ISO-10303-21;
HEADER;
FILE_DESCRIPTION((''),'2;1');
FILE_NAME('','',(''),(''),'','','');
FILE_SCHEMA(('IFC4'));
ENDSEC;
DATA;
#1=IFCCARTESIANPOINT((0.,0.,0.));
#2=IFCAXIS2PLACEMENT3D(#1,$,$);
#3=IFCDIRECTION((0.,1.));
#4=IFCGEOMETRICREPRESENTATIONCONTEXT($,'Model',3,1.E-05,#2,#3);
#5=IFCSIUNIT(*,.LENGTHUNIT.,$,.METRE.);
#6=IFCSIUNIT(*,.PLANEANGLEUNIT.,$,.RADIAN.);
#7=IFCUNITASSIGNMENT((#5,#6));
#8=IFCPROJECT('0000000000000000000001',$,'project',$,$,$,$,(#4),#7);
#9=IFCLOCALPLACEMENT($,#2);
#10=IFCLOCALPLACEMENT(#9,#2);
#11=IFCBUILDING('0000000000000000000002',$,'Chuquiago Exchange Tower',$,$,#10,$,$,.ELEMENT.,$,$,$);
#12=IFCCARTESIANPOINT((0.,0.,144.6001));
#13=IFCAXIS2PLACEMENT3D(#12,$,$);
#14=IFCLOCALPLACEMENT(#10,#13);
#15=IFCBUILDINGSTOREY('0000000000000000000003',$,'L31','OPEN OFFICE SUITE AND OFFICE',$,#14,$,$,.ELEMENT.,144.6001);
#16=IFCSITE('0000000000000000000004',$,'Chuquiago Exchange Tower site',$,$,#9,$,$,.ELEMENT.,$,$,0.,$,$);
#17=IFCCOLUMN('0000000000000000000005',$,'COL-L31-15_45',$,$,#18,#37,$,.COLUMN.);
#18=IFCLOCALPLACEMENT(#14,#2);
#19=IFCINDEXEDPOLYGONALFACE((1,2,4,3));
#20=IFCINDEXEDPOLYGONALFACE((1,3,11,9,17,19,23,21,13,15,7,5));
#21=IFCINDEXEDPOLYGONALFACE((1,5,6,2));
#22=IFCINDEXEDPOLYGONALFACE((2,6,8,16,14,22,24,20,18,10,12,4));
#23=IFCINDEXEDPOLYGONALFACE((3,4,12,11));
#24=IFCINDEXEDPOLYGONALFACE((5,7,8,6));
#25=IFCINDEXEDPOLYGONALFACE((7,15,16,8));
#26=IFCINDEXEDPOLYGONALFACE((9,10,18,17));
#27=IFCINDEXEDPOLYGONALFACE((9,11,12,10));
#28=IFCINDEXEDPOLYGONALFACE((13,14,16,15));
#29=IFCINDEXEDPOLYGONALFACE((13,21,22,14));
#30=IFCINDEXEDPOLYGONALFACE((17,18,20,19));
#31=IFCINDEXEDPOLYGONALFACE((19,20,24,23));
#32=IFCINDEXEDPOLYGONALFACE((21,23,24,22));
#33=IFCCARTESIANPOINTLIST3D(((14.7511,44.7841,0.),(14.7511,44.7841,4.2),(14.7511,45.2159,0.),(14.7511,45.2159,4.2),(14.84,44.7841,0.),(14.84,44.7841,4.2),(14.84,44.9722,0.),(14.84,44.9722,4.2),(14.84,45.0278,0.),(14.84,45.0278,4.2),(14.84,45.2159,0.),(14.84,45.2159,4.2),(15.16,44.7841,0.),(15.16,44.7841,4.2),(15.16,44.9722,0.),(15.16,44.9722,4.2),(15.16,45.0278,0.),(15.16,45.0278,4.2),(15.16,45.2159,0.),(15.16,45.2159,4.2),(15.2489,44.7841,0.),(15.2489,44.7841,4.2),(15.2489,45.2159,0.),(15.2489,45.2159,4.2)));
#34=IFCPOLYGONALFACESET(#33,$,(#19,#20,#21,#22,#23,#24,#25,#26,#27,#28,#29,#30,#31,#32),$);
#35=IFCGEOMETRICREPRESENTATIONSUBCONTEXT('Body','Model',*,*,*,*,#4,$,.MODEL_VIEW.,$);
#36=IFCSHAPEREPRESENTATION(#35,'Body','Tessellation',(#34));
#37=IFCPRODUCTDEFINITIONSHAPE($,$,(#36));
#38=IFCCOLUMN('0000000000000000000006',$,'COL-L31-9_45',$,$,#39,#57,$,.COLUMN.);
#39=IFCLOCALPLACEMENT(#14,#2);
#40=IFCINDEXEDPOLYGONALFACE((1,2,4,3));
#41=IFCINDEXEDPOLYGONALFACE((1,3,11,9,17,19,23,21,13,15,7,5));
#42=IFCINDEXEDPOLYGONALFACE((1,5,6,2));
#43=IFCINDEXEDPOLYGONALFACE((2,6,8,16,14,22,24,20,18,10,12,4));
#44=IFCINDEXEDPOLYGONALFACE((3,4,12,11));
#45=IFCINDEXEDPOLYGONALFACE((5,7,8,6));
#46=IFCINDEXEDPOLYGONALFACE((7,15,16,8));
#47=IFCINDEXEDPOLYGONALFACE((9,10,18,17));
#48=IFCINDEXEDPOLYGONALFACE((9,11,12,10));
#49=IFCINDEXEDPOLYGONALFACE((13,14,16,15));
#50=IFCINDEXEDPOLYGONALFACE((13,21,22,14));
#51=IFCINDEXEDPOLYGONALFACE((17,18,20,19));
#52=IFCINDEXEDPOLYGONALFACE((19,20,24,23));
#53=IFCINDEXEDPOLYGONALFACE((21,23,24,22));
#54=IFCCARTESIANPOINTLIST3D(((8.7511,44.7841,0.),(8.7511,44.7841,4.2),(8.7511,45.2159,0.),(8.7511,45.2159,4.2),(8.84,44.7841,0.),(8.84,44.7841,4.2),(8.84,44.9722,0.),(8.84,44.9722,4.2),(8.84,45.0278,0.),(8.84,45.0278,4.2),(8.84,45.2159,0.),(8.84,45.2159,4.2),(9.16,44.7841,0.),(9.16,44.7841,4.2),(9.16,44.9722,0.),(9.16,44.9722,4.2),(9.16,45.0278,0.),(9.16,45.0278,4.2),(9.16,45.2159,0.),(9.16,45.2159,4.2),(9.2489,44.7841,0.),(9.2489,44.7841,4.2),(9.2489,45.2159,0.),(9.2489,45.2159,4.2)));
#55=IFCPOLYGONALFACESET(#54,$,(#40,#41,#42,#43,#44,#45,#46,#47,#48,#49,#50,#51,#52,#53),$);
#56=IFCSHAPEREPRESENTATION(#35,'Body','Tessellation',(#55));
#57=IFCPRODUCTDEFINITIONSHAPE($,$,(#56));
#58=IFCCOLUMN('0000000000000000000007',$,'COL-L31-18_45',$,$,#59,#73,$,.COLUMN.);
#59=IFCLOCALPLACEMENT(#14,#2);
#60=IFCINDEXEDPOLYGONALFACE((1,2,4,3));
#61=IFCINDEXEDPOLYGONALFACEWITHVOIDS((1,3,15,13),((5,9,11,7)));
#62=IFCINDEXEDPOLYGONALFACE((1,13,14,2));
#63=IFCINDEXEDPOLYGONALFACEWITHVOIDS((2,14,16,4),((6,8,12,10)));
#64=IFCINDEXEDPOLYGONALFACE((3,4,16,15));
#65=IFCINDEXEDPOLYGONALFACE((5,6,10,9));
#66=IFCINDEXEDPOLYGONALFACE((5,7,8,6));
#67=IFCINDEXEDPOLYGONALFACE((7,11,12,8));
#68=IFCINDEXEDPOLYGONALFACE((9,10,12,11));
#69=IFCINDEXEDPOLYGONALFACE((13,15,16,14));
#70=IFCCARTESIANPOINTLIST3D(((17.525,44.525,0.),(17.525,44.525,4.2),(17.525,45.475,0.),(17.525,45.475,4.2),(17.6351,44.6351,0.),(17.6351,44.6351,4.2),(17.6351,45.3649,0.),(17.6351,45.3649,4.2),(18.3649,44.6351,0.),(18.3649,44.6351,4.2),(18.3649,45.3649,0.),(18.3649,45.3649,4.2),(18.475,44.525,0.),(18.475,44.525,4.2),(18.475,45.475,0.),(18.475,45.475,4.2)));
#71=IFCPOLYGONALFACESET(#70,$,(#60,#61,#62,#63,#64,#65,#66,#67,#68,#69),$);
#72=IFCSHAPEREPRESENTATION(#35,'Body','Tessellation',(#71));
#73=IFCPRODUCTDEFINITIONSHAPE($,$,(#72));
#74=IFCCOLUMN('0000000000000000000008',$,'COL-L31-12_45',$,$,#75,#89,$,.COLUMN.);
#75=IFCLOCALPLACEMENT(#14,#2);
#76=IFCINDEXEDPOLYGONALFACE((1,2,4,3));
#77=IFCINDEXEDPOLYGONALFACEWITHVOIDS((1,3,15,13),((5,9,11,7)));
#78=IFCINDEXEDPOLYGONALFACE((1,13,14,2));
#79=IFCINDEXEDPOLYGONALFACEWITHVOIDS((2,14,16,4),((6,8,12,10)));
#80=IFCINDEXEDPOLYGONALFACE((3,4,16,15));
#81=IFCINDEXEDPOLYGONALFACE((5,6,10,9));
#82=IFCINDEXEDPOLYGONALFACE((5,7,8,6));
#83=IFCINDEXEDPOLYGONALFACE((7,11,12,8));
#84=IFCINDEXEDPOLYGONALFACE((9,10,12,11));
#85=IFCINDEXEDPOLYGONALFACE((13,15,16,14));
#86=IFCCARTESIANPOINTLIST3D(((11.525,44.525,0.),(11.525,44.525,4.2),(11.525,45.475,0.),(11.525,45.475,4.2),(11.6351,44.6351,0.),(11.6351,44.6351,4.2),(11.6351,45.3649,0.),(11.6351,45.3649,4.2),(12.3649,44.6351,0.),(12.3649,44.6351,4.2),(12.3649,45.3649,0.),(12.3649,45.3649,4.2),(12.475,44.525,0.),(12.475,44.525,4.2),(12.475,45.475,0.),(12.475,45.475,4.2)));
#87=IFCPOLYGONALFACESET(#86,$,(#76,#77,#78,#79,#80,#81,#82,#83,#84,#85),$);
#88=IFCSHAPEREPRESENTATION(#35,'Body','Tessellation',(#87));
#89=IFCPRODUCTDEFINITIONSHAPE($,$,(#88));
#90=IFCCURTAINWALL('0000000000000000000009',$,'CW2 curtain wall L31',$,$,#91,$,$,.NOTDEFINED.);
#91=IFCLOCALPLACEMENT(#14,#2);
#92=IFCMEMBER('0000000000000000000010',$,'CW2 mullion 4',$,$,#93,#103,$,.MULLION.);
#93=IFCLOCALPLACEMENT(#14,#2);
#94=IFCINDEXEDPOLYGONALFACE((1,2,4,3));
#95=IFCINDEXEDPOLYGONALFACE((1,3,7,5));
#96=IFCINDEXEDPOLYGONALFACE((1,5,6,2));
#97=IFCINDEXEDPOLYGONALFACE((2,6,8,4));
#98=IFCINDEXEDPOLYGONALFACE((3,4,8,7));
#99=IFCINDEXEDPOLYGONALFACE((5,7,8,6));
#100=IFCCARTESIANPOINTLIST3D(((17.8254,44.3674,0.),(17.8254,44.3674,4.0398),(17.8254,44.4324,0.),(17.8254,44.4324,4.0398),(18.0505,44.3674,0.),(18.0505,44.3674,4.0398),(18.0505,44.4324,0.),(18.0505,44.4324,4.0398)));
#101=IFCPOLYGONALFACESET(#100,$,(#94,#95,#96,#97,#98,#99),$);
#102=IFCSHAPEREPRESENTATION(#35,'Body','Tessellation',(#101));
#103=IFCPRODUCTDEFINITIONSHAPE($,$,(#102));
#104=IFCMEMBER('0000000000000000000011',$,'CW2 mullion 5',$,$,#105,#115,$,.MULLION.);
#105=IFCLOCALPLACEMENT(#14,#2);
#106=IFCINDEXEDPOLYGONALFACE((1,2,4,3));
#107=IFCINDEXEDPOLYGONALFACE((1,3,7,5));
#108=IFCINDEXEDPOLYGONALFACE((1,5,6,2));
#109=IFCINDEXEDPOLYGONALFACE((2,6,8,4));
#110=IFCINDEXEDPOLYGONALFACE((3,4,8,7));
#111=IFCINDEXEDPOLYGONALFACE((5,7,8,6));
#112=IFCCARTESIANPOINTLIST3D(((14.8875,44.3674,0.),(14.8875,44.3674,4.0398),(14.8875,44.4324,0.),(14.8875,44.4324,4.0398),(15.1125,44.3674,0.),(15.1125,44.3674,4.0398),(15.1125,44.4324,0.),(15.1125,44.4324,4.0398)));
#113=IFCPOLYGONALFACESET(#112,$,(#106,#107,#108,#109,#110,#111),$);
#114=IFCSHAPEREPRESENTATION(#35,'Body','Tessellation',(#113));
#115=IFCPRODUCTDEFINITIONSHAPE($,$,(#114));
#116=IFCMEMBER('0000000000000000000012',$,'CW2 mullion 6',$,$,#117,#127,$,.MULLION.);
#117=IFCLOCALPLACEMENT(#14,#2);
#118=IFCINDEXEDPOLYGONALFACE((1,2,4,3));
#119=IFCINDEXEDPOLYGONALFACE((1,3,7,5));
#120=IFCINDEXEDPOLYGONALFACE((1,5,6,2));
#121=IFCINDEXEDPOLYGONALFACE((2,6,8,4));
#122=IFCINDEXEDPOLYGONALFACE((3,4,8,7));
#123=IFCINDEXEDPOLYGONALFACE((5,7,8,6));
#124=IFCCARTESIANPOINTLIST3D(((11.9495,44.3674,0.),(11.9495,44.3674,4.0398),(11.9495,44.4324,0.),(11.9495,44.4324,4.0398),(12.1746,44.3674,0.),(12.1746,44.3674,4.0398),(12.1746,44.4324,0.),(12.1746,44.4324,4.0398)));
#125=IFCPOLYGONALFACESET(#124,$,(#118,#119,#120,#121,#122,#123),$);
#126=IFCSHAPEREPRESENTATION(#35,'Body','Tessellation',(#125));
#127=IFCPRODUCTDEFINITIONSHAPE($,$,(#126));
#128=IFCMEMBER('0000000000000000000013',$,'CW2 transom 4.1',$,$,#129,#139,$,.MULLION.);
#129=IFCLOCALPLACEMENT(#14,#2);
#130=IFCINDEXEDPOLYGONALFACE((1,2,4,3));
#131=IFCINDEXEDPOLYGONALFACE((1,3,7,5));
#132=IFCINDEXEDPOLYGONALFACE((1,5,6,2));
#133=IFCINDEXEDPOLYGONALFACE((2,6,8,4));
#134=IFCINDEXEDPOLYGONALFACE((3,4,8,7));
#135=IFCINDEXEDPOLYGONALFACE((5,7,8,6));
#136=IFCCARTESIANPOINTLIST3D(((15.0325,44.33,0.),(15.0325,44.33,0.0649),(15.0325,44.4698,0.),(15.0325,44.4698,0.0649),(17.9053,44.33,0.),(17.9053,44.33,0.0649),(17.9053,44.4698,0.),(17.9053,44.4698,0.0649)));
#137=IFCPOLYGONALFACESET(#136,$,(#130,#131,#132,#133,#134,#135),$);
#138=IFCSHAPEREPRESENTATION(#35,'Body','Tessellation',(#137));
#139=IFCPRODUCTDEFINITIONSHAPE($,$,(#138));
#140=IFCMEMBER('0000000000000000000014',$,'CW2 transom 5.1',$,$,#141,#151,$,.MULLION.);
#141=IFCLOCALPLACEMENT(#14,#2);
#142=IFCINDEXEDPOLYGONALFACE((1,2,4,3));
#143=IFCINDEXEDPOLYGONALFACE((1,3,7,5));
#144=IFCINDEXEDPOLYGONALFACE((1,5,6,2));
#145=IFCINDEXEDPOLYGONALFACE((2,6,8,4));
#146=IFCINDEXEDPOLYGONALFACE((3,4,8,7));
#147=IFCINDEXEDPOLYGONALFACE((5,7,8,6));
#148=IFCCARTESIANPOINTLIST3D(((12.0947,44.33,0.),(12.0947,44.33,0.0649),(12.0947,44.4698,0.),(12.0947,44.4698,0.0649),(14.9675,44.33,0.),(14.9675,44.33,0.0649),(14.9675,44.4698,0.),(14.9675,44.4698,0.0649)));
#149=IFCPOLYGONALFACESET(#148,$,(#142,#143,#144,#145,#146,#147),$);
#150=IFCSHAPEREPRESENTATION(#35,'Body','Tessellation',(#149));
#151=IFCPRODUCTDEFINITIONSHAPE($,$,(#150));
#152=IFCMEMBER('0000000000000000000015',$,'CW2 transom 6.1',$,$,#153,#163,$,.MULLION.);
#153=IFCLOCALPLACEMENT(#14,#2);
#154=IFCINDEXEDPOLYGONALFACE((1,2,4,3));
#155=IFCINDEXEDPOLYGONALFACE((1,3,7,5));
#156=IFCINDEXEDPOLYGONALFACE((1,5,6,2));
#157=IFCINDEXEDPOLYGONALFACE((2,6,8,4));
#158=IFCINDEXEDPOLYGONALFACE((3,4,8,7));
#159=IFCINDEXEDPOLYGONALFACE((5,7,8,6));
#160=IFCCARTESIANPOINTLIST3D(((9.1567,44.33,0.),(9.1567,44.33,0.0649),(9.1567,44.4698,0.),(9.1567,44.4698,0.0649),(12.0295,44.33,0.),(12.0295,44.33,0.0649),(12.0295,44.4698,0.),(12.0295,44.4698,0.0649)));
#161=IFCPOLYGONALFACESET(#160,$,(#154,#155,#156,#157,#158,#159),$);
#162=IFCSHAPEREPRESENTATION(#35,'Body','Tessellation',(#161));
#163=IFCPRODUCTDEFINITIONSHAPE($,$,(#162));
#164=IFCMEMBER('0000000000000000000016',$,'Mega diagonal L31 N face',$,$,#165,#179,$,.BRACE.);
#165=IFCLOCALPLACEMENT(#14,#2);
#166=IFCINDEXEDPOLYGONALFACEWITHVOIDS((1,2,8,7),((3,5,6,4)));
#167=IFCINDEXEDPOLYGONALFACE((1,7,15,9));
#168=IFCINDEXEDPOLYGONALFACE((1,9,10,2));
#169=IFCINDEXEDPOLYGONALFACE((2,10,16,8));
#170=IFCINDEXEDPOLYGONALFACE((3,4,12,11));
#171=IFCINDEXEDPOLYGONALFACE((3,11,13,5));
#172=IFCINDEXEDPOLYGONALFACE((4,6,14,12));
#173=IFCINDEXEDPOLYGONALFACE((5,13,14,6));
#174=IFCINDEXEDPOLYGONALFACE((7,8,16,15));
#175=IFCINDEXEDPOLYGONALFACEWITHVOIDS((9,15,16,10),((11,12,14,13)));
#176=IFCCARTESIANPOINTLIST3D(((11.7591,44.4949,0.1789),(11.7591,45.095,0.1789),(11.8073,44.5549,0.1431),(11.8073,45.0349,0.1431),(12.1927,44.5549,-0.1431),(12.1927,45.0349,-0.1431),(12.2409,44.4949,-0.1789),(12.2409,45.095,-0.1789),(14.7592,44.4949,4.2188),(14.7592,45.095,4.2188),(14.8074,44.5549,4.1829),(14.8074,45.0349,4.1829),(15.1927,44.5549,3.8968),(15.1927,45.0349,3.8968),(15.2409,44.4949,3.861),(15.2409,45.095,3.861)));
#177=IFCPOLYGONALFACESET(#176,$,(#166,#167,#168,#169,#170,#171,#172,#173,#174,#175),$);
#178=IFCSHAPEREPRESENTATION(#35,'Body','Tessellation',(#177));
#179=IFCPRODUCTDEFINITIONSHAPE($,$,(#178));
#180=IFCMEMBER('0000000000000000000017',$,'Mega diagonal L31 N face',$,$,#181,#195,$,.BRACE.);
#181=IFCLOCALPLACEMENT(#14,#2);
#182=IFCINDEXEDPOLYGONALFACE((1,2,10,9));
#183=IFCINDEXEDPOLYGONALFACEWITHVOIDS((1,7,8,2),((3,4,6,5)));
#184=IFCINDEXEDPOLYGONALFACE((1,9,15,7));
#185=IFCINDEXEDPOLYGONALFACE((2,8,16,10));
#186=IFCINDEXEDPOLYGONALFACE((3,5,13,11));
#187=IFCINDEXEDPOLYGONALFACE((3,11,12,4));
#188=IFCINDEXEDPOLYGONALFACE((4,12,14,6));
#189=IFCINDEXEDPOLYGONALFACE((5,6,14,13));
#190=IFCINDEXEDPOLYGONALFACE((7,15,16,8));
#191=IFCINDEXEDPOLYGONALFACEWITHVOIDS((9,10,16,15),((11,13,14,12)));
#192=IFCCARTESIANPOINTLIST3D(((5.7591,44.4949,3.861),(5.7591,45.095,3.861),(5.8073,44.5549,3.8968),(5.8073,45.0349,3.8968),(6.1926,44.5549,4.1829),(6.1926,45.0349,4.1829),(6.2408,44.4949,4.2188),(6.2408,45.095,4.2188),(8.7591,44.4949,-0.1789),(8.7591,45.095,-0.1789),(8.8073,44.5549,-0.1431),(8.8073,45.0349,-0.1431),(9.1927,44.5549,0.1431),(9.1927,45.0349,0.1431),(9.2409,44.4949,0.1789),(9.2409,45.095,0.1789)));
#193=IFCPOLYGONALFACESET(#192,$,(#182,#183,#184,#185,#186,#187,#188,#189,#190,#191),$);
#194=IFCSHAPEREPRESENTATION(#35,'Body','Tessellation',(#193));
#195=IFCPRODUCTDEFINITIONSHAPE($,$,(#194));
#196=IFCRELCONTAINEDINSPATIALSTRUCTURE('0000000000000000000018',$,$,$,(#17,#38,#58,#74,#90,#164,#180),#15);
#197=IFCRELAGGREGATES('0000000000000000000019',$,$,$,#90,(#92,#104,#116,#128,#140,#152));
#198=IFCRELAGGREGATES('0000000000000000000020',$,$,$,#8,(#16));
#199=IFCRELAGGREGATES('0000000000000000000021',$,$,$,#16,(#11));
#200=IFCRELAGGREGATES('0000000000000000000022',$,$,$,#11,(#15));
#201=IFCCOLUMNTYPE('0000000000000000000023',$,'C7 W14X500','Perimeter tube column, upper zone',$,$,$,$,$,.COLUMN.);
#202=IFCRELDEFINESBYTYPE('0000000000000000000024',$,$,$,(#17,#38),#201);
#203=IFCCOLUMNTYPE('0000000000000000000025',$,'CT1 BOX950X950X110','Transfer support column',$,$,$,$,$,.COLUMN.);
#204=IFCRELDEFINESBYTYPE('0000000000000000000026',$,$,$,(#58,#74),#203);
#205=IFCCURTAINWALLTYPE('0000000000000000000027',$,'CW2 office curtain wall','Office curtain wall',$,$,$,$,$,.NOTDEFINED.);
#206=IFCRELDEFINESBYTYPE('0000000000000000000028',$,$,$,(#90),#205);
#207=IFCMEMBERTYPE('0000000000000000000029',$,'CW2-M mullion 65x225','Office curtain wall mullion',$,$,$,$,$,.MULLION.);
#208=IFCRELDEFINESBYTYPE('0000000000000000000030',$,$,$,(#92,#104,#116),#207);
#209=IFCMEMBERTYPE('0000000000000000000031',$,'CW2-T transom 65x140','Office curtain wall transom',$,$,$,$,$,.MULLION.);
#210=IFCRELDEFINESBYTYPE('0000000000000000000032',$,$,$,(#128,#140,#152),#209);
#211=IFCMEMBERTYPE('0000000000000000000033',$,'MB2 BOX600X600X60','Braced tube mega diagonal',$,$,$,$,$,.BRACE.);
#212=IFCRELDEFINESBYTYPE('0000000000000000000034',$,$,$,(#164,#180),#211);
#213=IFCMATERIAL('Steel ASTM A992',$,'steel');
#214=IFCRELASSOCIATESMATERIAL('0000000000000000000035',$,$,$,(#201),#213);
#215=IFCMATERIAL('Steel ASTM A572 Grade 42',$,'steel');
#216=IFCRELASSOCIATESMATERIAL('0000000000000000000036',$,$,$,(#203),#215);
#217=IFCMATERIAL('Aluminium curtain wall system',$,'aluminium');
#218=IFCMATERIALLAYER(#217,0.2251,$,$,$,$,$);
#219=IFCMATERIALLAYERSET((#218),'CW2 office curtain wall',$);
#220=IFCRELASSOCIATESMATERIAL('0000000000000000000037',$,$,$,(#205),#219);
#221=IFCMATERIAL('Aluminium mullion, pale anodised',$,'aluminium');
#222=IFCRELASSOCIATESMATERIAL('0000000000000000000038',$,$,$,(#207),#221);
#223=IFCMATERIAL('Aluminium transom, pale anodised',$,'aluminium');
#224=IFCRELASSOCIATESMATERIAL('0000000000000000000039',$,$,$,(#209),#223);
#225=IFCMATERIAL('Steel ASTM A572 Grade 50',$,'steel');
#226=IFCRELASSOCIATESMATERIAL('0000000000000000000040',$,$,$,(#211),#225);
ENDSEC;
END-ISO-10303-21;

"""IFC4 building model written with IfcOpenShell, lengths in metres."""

from ifc_helpers import new_model, si_unit, direction, frame, origin, origin_2d, place, context, subcontext, project, spatial, rectangle, hollow_rectangle, i_section, extrude, material, layer, layer_set, material_profile, profile_set, type_object, element, aggregate, save


model = new_model("IFC4")

# Units and contexts
model_context = context("Model", 3, precision=1e-05, world=origin(), true_north=direction((0.0, 1.0)))
body_context = subcontext(model_context, "Body", "Model", "MODEL_VIEW")
ifc_project = project(units=[si_unit("LENGTHUNIT", "METRE"), si_unit("PLANEANGLEUNIT", "RADIAN")], contexts=[model_context])

# Site, building, storey
site_placement = place(None, origin())
site = spatial("IfcSite", under=ifc_project, at=site_placement, Name="Chuquiago Exchange Tower site", CompositionType="ELEMENT", RefElevation=0.0)
building_placement = place(site_placement, origin())
building = spatial("IfcBuilding", under=site, at=building_placement, Name="Chuquiago Exchange Tower", CompositionType="ELEMENT")
storey_placement = place(building_placement, frame((0.0, 0.0, 144.6001)))
storey = spatial("IfcBuildingStorey", under=building, at=storey_placement, Name="L31", Description="OPEN OFFICE SUITE AND OFFICE", CompositionType="ELEMENT", Elevation=144.6001)

# Columns
ifc_material_1 = material(Name="Steel ASTM A992", Category="steel")
ifc_material_profile_1 = material_profile(ifc_material_1, i_section(OverallWidth=0.4319, OverallDepth=0.4978, WebThickness=0.0557, FlangeThickness=0.0889, at=origin_2d()), Name="W14X500")
ifc_profile_set_1 = profile_set([ifc_material_profile_1], Name="Steel ASTM A992")
column_type_1 = type_object("IfcColumnType", Name="C7 W14X500", Description="Perimeter tube column, upper zone", PredefinedType="COLUMN", material=ifc_profile_set_1)
for number, where, z_axis, x_axis, name in (
    (1, (15.0, 45.0, 0.0), (0.0, 0.0, 1.0), (0.0, 1.0, 0.0), "COL-L31-15_45"),
    (2, (9.0, 45.0, 0.0), (0.0, 0.0, 1.0), (0.0, 1.0, 0.0), "COL-L31-9_45"),
):
    element("IfcColumn", number, at=place(storey_placement, frame(where, z_axis=z_axis, x_axis=x_axis)), inside=storey, type_object=column_type_1, Name=name, PredefinedType="COLUMN", context=body_context, shape_type="SweptSolid", body=[
        extrude(i_section(OverallWidth=0.4319, OverallDepth=0.4978, WebThickness=0.0557, FlangeThickness=0.0889, at=origin_2d()), origin(), (0.0, 0.0, 1.0), 4.2),
    ])
ifc_material_2 = material(Name="Steel ASTM A572 Grade 42", Category="steel")
ifc_material_profile_2 = material_profile(ifc_material_2, hollow_rectangle(XDim=0.95, YDim=0.95, WallThickness=0.1101, at=origin_2d()), Name="BOX950X950X110")
ifc_profile_set_2 = profile_set([ifc_material_profile_2], Name="Steel ASTM A572 Grade 42")
column_type_2 = type_object("IfcColumnType", Name="CT1 BOX950X950X110", Description="Transfer support column", PredefinedType="COLUMN", material=ifc_profile_set_2)
for number, where, z_axis, x_axis, name in (
    (3, (18.0, 45.0, 0.0), (0.0, 0.0, 1.0), (0.0, 1.0, 0.0), "COL-L31-18_45"),
    (4, (12.0, 45.0, 0.0), (0.0, 0.0, 1.0), (0.0, 1.0, 0.0), "COL-L31-12_45"),
):
    element("IfcColumn", number, at=place(storey_placement, frame(where, z_axis=z_axis, x_axis=x_axis)), inside=storey, type_object=column_type_2, Name=name, PredefinedType="COLUMN", context=body_context, shape_type="SweptSolid", body=[
        extrude(hollow_rectangle(XDim=0.95, YDim=0.95, WallThickness=0.1101, at=origin_2d()), origin(), (0.0, 0.0, 1.0), 4.2),
    ])

# Curtain wall, members
ifc_material_3 = material(Name="Aluminium curtain wall system", Category="aluminium")
ifc_layer_1 = layer(ifc_material_3, 0.2251)
ifc_layer_set_1 = layer_set([ifc_layer_1], Name="CW2 office curtain wall")
curtain_wall_type = type_object("IfcCurtainWallType", Name="CW2 office curtain wall", Description="Office curtain wall", PredefinedType="NOTDEFINED", material=ifc_layer_set_1)
curtain_wall_placement = place(storey_placement, origin())
curtain_wall = element("IfcCurtainWall", 5, at=curtain_wall_placement, inside=storey, type_object=curtain_wall_type, Name="CW2 curtain wall L31", PredefinedType="NOTDEFINED")
ifc_material_4 = material(Name="Aluminium mullion, pale anodised", Category="aluminium")
ifc_material_profile_3 = material_profile(ifc_material_4, rectangle(XDim=0.0649, YDim=0.2251, at=origin_2d()), Name="AL 65x225")
ifc_profile_set_3 = profile_set([ifc_material_profile_3], Name="Aluminium mullion, pale anodised")
member_type_1 = type_object("IfcMemberType", Name="CW2-M mullion 65x225", Description="Office curtain wall mullion", PredefinedType="MULLION", material=ifc_profile_set_3)
member_1_placement = place(storey_placement, frame((17.938, 44.3999, 0.0), z_axis=(0.0, 0.0, 1.0), x_axis=(0.0, -1.0, 0.0)))
member_1 = element("IfcMember", 6, at=member_1_placement, type_object=member_type_1, Name="CW2 mullion 4", PredefinedType="MULLION", context=body_context, shape_type="SweptSolid", body=[
    extrude(rectangle(XDim=0.0649, YDim=0.2251, at=origin_2d()), origin(), (0.0, 0.0, 1.0), 4.0398),
])
member_2_placement = place(storey_placement, frame((15.0, 44.3999, 0.0), z_axis=(0.0, 0.0, 1.0), x_axis=(0.0, -1.0, 0.0)))
member_2 = element("IfcMember", 7, at=member_2_placement, type_object=member_type_1, Name="CW2 mullion 5", PredefinedType="MULLION", context=body_context, shape_type="SweptSolid", body=[
    extrude(rectangle(XDim=0.0649, YDim=0.2251, at=origin_2d()), origin(), (0.0, 0.0, 1.0), 4.0398),
])
member_3_placement = place(storey_placement, frame((12.062, 44.3999, 0.0), z_axis=(0.0, 0.0, 1.0), x_axis=(0.0, -1.0, 0.0)))
member_3 = element("IfcMember", 8, at=member_3_placement, type_object=member_type_1, Name="CW2 mullion 6", PredefinedType="MULLION", context=body_context, shape_type="SweptSolid", body=[
    extrude(rectangle(XDim=0.0649, YDim=0.2251, at=origin_2d()), origin(), (0.0, 0.0, 1.0), 4.0398),
])
ifc_material_5 = material(Name="Aluminium transom, pale anodised", Category="aluminium")
ifc_material_profile_4 = material_profile(ifc_material_5, rectangle(XDim=0.1399, YDim=0.0649, at=origin_2d()), Name="AL 140x65")
ifc_profile_set_4 = profile_set([ifc_material_profile_4], Name="Aluminium transom, pale anodised")
member_type_2 = type_object("IfcMemberType", Name="CW2-T transom 65x140", Description="Office curtain wall transom", PredefinedType="MULLION", material=ifc_profile_set_4)
member_4_placement = place(storey_placement, frame((17.9053, 44.3999, 0.0325), z_axis=(-1.0, 0.0, 0.0), x_axis=(0.0, -1.0, 0.0)))
member_4 = element("IfcMember", 9, at=member_4_placement, type_object=member_type_2, Name="CW2 transom 4.1", PredefinedType="MULLION", context=body_context, shape_type="SweptSolid", body=[
    extrude(rectangle(XDim=0.1399, YDim=0.0649, at=origin_2d()), origin(), (0.0, 0.0, 1.0), 2.8728),
])
member_5_placement = place(storey_placement, frame((14.9675, 44.3999, 0.0325), z_axis=(-1.0, 0.0, 0.0), x_axis=(0.0, -1.0, 0.0)))
member_5 = element("IfcMember", 10, at=member_5_placement, type_object=member_type_2, Name="CW2 transom 5.1", PredefinedType="MULLION", context=body_context, shape_type="SweptSolid", body=[
    extrude(rectangle(XDim=0.1399, YDim=0.0649, at=origin_2d()), origin(), (0.0, 0.0, 1.0), 2.8728),
])
member_6_placement = place(storey_placement, frame((12.0295, 44.3999, 0.0325), z_axis=(-1.0, 0.0, 0.0), x_axis=(0.0, -1.0, 0.0)))
member_6 = element("IfcMember", 11, at=member_6_placement, type_object=member_type_2, Name="CW2 transom 6.1", PredefinedType="MULLION", context=body_context, shape_type="SweptSolid", body=[
    extrude(rectangle(XDim=0.1399, YDim=0.0649, at=origin_2d()), origin(), (0.0, 0.0, 1.0), 2.8728),
])

# Members
ifc_material_6 = material(Name="Steel ASTM A572 Grade 50", Category="steel")
ifc_material_profile_5 = material_profile(ifc_material_6, hollow_rectangle(XDim=0.6001, YDim=0.6001, WallThickness=0.0601, at=origin_2d()), Name="BOX600X600X60")
ifc_profile_set_5 = profile_set([ifc_material_profile_5], Name="Steel ASTM A572 Grade 50")
member_type_3 = type_object("IfcMemberType", Name="MB2 BOX600X600X60", Description="Braced tube mega diagonal", PredefinedType="BRACE", material=ifc_profile_set_5)
for number, where, z_axis, x_axis, name in (
    (12, (12.0, 44.7949, 0.0), (0.596197, 0.0, 0.802838), (0.0, 1.0, 0.0), "Mega diagonal L31 N face"),
    (13, (9.0, 44.7949, 0.0), (-0.596197, 0.0, 0.802838), (0.0, -1.0, 0.0), "Mega diagonal L31 N face"),
):
    element("IfcMember", number, at=place(storey_placement, frame(where, z_axis=z_axis, x_axis=x_axis)), inside=storey, type_object=member_type_3, Name=name, PredefinedType="BRACE", context=body_context, shape_type="SweptSolid", body=[
        extrude(hollow_rectangle(XDim=0.6001, YDim=0.6001, WallThickness=0.0601, at=origin_2d()), origin(), (0.0, 0.0, 1.0), 5.032),
    ])

aggregate(curtain_wall, [member_1, member_2, member_3, member_4, member_5, member_6])

save(model, "model.ifc")
